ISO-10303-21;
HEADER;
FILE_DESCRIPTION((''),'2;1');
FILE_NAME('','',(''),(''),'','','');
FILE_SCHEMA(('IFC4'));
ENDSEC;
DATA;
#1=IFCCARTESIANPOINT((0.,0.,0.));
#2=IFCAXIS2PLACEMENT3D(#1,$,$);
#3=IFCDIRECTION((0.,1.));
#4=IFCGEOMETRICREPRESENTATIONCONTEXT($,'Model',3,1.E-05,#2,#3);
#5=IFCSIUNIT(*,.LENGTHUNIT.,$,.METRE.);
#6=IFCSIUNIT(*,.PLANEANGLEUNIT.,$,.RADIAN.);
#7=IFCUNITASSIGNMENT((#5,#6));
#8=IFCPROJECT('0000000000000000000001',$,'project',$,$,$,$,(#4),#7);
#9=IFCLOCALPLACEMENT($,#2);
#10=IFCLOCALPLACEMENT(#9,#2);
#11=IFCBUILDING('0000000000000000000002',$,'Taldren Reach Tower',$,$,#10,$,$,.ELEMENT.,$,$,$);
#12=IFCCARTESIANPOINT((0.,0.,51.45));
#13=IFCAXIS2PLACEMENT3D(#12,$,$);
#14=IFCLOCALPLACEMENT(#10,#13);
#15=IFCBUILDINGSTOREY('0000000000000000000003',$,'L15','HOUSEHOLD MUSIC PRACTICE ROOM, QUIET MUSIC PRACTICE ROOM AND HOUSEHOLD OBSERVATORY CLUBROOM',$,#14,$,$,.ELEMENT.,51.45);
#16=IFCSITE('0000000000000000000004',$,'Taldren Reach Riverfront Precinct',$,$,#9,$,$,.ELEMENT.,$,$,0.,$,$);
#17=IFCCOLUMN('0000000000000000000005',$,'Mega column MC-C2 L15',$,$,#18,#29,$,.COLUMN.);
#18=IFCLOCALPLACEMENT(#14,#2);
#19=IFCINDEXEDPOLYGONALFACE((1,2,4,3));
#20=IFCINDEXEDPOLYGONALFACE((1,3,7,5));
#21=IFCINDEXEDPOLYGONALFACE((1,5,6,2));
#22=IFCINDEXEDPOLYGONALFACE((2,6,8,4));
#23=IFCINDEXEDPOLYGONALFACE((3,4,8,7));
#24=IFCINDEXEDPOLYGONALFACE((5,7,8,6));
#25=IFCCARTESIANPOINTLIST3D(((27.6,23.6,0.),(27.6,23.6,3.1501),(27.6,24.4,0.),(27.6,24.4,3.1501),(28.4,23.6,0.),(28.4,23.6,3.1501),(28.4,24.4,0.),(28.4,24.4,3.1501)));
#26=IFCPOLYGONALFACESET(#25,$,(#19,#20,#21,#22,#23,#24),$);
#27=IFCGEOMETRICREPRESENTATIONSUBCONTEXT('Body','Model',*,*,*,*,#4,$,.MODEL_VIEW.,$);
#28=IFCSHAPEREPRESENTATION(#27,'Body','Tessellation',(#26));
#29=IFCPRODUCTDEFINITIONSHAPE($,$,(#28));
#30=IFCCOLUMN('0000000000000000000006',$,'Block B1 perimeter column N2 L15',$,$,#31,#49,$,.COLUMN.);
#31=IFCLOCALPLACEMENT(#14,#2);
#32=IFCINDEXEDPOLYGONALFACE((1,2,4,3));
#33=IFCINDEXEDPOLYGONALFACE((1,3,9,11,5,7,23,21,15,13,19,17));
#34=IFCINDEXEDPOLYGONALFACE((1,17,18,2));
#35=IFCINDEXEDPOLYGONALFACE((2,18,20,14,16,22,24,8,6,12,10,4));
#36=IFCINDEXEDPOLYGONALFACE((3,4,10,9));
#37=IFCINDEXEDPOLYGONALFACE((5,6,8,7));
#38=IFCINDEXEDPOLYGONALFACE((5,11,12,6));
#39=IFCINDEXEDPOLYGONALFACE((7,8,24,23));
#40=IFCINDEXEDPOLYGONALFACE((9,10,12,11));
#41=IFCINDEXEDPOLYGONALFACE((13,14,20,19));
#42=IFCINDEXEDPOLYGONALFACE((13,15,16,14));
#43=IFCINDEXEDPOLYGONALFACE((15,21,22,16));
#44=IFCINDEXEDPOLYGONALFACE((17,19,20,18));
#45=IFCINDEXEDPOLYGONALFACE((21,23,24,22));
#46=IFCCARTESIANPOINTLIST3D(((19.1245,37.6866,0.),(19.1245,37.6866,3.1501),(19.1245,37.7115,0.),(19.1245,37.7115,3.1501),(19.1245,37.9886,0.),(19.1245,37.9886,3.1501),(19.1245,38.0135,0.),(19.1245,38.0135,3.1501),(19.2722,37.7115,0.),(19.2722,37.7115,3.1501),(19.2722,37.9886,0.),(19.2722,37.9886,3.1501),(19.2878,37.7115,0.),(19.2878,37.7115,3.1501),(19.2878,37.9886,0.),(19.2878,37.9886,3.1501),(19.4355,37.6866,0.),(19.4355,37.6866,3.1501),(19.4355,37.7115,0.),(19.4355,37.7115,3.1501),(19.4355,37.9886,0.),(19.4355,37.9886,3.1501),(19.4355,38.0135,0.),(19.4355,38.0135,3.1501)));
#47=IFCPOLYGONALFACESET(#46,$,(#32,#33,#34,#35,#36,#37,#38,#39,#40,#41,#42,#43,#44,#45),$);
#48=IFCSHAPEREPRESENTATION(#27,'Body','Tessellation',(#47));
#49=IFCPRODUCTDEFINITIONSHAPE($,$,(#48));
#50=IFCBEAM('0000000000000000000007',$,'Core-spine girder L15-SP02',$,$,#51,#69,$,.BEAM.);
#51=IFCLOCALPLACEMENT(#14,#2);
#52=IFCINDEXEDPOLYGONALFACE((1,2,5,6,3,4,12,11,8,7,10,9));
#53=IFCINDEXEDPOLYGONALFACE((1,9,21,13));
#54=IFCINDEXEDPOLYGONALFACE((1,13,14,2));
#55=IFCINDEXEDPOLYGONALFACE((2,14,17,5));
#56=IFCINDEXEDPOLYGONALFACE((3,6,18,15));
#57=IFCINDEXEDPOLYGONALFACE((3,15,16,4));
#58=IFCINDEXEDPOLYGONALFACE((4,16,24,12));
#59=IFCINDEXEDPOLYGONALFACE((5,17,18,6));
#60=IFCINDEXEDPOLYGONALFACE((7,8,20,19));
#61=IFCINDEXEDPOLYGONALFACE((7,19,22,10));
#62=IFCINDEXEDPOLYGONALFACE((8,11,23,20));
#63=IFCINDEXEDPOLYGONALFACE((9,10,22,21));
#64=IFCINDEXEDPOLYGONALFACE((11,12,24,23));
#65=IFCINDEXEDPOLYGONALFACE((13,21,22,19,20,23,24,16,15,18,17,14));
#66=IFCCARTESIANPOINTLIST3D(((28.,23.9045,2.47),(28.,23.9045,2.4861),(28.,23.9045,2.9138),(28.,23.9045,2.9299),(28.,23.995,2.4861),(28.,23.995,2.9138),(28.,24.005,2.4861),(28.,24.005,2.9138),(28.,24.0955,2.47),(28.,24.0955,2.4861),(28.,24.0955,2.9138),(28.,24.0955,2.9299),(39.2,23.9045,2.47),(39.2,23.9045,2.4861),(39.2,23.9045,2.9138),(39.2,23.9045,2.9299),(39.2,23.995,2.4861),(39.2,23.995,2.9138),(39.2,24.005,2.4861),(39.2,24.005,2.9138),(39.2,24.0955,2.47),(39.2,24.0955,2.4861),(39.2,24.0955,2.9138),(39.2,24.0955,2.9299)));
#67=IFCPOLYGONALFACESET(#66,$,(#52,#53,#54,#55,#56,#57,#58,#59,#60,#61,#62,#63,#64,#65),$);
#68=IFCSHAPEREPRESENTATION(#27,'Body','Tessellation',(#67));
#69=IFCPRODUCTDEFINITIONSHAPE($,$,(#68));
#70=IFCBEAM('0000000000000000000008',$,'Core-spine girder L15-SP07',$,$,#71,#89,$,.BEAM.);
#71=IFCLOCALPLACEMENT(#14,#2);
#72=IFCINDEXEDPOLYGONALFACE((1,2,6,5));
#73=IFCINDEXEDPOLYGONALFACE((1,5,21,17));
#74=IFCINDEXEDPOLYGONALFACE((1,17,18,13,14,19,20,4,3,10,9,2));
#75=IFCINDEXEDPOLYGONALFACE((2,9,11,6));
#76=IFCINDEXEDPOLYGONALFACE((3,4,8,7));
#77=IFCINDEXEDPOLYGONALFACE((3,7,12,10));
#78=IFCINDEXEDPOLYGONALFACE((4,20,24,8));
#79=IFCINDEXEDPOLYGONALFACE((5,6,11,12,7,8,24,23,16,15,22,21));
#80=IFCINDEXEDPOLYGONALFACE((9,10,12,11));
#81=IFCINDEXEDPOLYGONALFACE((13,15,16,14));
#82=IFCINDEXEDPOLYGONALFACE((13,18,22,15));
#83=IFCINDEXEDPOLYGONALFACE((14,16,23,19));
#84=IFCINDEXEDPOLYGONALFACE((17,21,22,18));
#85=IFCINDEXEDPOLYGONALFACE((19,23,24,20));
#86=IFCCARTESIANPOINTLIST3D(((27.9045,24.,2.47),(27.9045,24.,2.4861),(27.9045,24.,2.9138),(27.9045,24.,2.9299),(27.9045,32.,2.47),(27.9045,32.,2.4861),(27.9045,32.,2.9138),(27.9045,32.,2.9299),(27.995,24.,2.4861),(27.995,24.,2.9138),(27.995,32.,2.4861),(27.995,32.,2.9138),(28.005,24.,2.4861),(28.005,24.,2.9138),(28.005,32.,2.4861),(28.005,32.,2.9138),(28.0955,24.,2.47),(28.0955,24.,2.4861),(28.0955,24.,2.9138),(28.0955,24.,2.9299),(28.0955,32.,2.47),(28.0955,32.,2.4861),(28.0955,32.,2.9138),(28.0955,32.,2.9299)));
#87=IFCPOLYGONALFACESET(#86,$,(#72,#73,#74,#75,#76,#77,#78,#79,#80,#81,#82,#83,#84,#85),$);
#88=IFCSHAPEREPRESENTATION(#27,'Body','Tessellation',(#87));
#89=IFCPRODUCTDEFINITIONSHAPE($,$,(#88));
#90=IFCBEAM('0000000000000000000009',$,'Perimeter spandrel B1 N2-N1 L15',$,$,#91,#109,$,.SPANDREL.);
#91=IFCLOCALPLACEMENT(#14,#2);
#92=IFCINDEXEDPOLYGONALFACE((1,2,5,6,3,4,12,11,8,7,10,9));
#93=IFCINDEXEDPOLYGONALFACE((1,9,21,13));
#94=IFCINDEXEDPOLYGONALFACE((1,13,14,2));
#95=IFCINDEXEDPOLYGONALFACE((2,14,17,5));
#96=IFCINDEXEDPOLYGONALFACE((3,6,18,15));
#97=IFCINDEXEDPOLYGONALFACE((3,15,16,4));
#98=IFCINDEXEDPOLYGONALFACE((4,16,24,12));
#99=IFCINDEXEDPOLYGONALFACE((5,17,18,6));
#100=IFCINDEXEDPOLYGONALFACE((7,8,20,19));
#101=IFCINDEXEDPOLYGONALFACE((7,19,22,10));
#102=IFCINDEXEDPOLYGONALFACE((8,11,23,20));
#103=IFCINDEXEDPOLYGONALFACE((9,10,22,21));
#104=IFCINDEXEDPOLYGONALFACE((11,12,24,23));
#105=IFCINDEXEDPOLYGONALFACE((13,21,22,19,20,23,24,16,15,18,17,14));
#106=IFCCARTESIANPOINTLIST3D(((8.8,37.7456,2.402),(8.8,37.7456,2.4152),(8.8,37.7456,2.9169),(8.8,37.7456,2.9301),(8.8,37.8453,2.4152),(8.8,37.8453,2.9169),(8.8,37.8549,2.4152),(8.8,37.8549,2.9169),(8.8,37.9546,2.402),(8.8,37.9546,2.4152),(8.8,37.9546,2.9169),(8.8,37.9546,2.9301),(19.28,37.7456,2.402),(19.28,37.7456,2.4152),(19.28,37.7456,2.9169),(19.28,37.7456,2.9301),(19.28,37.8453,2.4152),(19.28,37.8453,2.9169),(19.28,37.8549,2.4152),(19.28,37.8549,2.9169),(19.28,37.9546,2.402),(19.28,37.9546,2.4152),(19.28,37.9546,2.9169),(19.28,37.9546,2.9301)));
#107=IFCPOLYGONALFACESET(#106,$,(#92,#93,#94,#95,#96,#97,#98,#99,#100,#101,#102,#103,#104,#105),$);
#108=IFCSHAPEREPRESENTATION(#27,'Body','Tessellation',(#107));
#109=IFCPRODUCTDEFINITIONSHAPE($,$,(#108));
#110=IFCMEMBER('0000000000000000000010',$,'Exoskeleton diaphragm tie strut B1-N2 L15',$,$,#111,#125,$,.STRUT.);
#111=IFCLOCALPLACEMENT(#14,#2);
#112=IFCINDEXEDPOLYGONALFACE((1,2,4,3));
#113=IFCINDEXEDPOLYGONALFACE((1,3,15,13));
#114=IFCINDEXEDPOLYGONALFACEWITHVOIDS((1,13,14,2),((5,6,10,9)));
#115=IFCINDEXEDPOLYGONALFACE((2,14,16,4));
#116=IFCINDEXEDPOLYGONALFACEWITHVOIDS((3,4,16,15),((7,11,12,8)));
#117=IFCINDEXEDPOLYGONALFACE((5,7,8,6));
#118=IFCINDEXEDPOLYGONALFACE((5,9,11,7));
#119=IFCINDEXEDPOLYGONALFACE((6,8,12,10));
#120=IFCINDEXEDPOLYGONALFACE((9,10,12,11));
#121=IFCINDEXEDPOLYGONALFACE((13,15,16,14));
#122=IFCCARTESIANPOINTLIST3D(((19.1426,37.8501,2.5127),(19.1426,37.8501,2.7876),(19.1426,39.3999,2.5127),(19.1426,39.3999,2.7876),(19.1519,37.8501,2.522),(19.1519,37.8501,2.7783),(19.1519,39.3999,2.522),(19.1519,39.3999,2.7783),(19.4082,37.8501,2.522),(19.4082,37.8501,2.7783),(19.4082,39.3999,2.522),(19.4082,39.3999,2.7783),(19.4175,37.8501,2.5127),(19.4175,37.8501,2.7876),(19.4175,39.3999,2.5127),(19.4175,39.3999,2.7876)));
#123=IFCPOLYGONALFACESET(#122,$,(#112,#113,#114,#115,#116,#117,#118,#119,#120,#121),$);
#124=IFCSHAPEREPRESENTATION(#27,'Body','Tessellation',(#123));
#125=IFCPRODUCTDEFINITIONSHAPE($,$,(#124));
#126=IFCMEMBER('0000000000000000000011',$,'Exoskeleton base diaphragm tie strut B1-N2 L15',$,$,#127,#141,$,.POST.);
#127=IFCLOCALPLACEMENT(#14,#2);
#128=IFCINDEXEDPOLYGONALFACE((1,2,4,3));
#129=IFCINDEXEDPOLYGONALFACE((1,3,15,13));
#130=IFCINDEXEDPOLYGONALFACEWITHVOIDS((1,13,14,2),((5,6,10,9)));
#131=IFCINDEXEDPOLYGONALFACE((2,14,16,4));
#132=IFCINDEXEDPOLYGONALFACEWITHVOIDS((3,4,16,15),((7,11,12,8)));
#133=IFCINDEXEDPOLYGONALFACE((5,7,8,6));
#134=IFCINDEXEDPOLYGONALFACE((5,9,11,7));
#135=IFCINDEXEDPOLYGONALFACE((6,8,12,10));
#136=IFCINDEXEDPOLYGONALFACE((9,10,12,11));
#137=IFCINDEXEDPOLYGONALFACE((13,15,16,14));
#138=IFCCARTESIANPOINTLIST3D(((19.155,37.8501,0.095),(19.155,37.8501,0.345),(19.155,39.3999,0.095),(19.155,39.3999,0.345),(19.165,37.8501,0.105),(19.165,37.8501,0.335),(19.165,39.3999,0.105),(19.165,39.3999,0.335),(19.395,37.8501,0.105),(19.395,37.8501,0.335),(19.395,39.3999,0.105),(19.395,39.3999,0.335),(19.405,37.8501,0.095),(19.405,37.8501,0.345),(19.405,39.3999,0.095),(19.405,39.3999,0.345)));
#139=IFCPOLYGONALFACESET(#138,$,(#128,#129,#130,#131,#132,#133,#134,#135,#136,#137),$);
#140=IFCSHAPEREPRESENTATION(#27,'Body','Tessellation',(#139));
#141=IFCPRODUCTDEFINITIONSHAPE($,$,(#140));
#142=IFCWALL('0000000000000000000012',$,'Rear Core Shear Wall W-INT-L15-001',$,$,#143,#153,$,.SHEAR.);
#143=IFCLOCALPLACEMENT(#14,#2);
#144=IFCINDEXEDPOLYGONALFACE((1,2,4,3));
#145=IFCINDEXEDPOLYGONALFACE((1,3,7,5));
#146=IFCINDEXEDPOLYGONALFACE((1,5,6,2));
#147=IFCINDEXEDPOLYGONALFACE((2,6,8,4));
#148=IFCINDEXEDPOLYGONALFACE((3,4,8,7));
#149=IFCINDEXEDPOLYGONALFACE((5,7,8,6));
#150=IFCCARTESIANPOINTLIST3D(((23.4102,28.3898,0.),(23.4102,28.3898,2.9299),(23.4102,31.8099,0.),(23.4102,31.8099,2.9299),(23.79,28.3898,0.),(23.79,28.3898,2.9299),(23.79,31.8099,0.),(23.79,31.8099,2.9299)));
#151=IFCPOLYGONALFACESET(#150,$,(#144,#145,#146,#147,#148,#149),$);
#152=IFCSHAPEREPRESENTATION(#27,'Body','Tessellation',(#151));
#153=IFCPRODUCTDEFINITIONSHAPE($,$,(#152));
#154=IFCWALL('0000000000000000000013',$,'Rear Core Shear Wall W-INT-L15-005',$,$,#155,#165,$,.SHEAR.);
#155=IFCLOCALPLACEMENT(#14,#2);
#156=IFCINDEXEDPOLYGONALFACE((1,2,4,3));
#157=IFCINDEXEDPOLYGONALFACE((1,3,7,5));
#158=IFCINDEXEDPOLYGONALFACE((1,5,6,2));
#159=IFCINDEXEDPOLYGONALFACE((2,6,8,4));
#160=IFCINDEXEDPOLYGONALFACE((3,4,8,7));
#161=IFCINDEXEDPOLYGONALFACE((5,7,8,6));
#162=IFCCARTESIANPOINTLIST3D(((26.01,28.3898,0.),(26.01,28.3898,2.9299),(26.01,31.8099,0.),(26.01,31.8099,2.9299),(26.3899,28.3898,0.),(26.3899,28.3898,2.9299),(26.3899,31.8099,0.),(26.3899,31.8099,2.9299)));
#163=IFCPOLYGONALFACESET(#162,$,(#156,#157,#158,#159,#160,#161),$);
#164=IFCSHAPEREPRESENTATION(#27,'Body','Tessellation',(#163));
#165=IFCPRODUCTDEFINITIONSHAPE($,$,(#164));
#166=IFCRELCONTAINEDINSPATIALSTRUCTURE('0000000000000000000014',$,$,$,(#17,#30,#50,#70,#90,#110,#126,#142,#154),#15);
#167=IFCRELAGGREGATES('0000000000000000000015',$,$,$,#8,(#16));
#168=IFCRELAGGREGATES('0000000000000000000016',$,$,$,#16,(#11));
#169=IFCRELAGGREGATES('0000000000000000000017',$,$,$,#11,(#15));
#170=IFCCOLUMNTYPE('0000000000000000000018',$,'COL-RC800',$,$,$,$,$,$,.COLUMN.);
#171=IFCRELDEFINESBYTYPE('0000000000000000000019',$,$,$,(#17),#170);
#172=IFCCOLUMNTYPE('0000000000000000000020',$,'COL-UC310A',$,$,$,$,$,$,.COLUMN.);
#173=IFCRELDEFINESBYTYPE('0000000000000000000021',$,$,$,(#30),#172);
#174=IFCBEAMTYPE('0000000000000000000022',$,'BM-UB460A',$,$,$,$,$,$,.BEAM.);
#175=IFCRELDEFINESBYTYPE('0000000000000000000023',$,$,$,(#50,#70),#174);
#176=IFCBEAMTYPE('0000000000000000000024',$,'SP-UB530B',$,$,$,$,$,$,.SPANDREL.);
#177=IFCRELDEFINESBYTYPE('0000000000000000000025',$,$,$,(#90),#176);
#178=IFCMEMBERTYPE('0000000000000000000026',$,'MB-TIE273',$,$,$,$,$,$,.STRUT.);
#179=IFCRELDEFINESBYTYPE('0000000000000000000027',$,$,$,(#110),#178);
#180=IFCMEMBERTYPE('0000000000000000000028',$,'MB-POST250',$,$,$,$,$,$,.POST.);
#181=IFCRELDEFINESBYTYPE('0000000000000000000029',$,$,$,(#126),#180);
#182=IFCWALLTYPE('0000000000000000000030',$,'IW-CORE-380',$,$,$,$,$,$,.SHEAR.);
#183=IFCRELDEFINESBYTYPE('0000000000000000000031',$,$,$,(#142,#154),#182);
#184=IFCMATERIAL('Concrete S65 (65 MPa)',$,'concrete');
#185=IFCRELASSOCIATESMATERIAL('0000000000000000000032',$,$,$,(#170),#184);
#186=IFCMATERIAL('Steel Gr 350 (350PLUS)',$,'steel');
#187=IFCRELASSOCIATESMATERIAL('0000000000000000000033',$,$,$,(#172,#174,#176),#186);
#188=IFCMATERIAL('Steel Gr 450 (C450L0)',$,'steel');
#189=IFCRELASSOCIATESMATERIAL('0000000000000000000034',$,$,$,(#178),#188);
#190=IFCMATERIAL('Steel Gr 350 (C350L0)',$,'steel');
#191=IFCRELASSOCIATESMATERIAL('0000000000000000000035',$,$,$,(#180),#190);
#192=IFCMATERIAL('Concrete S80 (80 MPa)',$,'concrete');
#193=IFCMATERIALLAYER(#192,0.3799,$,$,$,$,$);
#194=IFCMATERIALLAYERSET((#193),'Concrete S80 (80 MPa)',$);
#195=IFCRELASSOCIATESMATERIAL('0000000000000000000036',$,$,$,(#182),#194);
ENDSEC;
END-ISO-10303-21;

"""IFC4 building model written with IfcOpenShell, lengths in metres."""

from ifc_helpers import new_model, si_unit, direction, frame, frame_2d, origin, origin_2d, place, context, subcontext, project, spatial, rectangle, hollow_rectangle, i_section, extrude, source, transform, mapped, material, layer, layer_set, material_profile, profile_set, type_object, element, save


model = new_model("IFC4")

# Units and contexts
model_context = context("Model", 3, precision=1e-05, world=origin(), true_north=direction((0.0, 1.0)))
body_context = subcontext(model_context, "Body", "Model", "MODEL_VIEW")
ifc_project = project(units=[si_unit("LENGTHUNIT", "METRE"), si_unit("PLANEANGLEUNIT", "RADIAN")], contexts=[model_context])

# Site, building, storey
site_placement = place(None, origin())
site = spatial("IfcSite", under=ifc_project, at=site_placement, Name="Taldren Reach Riverfront Precinct", CompositionType="ELEMENT", RefElevation=0.0)
building_placement = place(site_placement, origin())
building = spatial("IfcBuilding", under=site, at=building_placement, Name="Taldren Reach Tower", CompositionType="ELEMENT")
storey_placement = place(building_placement, frame((0.0, 0.0, 51.45)))
storey = spatial("IfcBuildingStorey", under=building, at=storey_placement, Name="L15", Description="HOUSEHOLD MUSIC PRACTICE ROOM, QUIET MUSIC PRACTICE ROOM AND HOUSEHOLD OBSERVATORY CLUBROOM", CompositionType="ELEMENT", Elevation=51.45)

# Columns
ifc_material_1 = material(Name="Concrete S65 (65 MPa)", Category="concrete")
ifc_material_profile_1 = material_profile(ifc_material_1, rectangle(XDim=0.8, YDim=0.8, at=origin_2d()), Name="RC-800x800")
ifc_profile_set_1 = profile_set([ifc_material_profile_1], Name="Concrete S65 (65 MPa)")
column_type_1 = type_object("IfcColumnType", Name="COL-RC800", PredefinedType="COLUMN", material=ifc_profile_set_1)
shared_shape_1 = source(origin(), body_context, "Body", "SweptSolid", [
    extrude(rectangle(XDim=0.8, YDim=0.8, at=origin_2d()), origin(), (0.0, 0.0, 1.0), 3.1501),
])
column_1_placement = place(storey_placement, frame((28.0, 24.0, 0.0), z_axis=(0.0, 0.0, 1.0), x_axis=(1.0, 0.0, 0.0)))
element("IfcColumn", 1, at=column_1_placement, inside=storey, type_object=column_type_1, Name="Mega column MC-C2 L15", PredefinedType="COLUMN", context=body_context, shape_type="MappedRepresentation", body=[
    mapped(shared_shape_1, transform((0.0, 0.0, 0.0), scale=1.0)),
])
ifc_material_2 = material(Name="Steel Gr 350 (350PLUS)", Category="steel")
ifc_material_profile_2 = material_profile(ifc_material_2, i_section(OverallWidth=0.311, OverallDepth=0.3269, WebThickness=0.0156, FlangeThickness=0.0249, at=origin_2d()), Name="310UC158")
ifc_profile_set_2 = profile_set([ifc_material_profile_2], Name="Steel Gr 350 (350PLUS)")
column_type_2 = type_object("IfcColumnType", Name="COL-UC310A", PredefinedType="COLUMN", material=ifc_profile_set_2)
shared_shape_2 = source(origin(), body_context, "Body", "SweptSolid", [
    extrude(i_section(OverallWidth=0.311, OverallDepth=0.3269, WebThickness=0.0156, FlangeThickness=0.0249, at=origin_2d()), origin(), (0.0, 0.0, 1.0), 3.1501),
])
column_2_placement = place(storey_placement, frame((19.28, 37.8501, 0.0), z_axis=(0.0, 0.0, 1.0), x_axis=(1.0, 0.0, 0.0)))
element("IfcColumn", 2, at=column_2_placement, inside=storey, type_object=column_type_2, Name="Block B1 perimeter column N2 L15", PredefinedType="COLUMN", context=body_context, shape_type="MappedRepresentation", body=[
    mapped(shared_shape_2, transform((0.0, 0.0, 0.0), scale=1.0)),
])

# Beams
ifc_material_profile_3 = material_profile(ifc_material_2, i_section(OverallWidth=0.1909, OverallDepth=0.46, WebThickness=0.01, FlangeThickness=0.0161, at=origin_2d()), Name="460UB82.1")
ifc_profile_set_3 = profile_set([ifc_material_profile_3], Name="Steel Gr 350 (350PLUS)")
beam_type_1 = type_object("IfcBeamType", Name="BM-UB460A", PredefinedType="BEAM", material=ifc_profile_set_3)
shared_shape_3 = source(origin(), body_context, "Body", "SweptSolid", [
    extrude(i_section(OverallWidth=0.1909, OverallDepth=0.46, WebThickness=0.01, FlangeThickness=0.0161, at=origin_2d()), origin(), (0.0, 0.0, 1.0), 11.2),
])
beam_1_placement = place(storey_placement, frame((28.0, 24.0, 2.7), z_axis=(1.0, 0.0, 0.0), x_axis=(0.0, 1.0, 0.0)))
element("IfcBeam", 3, at=beam_1_placement, inside=storey, type_object=beam_type_1, Name="Core-spine girder L15-SP02", PredefinedType="BEAM", context=body_context, shape_type="MappedRepresentation", body=[
    mapped(shared_shape_3, transform((0.0, 0.0, 0.0), scale=1.0)),
])
shared_shape_4 = source(origin(), body_context, "Body", "SweptSolid", [
    extrude(i_section(OverallWidth=0.1909, OverallDepth=0.46, WebThickness=0.01, FlangeThickness=0.0161, at=origin_2d()), origin(), (0.0, 0.0, 1.0), 8.0),
])
beam_2_placement = place(storey_placement, frame((28.0, 24.0, 2.7), z_axis=(0.0, 1.0, 0.0), x_axis=(-1.0, 0.0, 0.0)))
element("IfcBeam", 4, at=beam_2_placement, inside=storey, type_object=beam_type_1, Name="Core-spine girder L15-SP07", PredefinedType="BEAM", context=body_context, shape_type="MappedRepresentation", body=[
    mapped(shared_shape_4, transform((0.0, 0.0, 0.0), scale=1.0)),
])
ifc_material_profile_4 = material_profile(ifc_material_2, i_section(OverallWidth=0.209, OverallDepth=0.5281, WebThickness=0.0095, FlangeThickness=0.0132, at=origin_2d()), Name="530UB82.0")
ifc_profile_set_4 = profile_set([ifc_material_profile_4], Name="Steel Gr 350 (350PLUS)")
beam_type_2 = type_object("IfcBeamType", Name="SP-UB530B", PredefinedType="SPANDREL", material=ifc_profile_set_4)
shared_shape_5 = source(origin(), body_context, "Body", "SweptSolid", [
    extrude(i_section(OverallWidth=0.209, OverallDepth=0.5281, WebThickness=0.0095, FlangeThickness=0.0132, at=origin_2d()), origin(), (0.0, 0.0, 1.0), 10.48),
])
beam_3_placement = place(storey_placement, frame((19.28, 37.8501, 2.666), z_axis=(-1.0, 0.0, 0.0), x_axis=(0.0, -1.0, 0.0)))
element("IfcBeam", 5, at=beam_3_placement, inside=storey, type_object=beam_type_2, Name="Perimeter spandrel B1 N2-N1 L15", PredefinedType="SPANDREL", context=body_context, shape_type="MappedRepresentation", body=[
    mapped(shared_shape_5, transform((0.0, 0.0, 0.0), scale=1.0)),
])

# Members
ifc_material_3 = material(Name="Steel Gr 450 (C450L0)", Category="steel")
ifc_material_profile_5 = material_profile(ifc_material_3, hollow_rectangle(XDim=0.2749, YDim=0.2749, WallThickness=0.0093, at=origin_2d()), Name="275x275x9.3SHS")
ifc_profile_set_5 = profile_set([ifc_material_profile_5], Name="Steel Gr 450 (C450L0)")
member_type_1 = type_object("IfcMemberType", Name="MB-TIE273", PredefinedType="STRUT", material=ifc_profile_set_5)
shared_shape_6 = source(origin(), body_context, "Body", "SweptSolid", [
    extrude(hollow_rectangle(XDim=0.2749, YDim=0.2749, WallThickness=0.0093, at=origin_2d()), origin(), (0.0, 0.0, 1.0), 1.5498),
])
member_1_placement = place(storey_placement, frame((19.28, 37.8501, 2.6501), z_axis=(0.0, 1.0, 0.0), x_axis=(-1.0, 0.0, 0.0)))
element("IfcMember", 6, at=member_1_placement, inside=storey, type_object=member_type_1, Name="Exoskeleton diaphragm tie strut B1-N2 L15", PredefinedType="STRUT", context=body_context, shape_type="MappedRepresentation", body=[
    mapped(shared_shape_6, transform((0.0, 0.0, 0.0), scale=1.0)),
])
ifc_material_4 = material(Name="Steel Gr 350 (C350L0)", Category="steel")
ifc_material_profile_6 = material_profile(ifc_material_4, hollow_rectangle(XDim=0.25, YDim=0.25, WallThickness=0.01, at=origin_2d()), Name="250x250x10.0SHS")
ifc_profile_set_6 = profile_set([ifc_material_profile_6], Name="Steel Gr 350 (C350L0)")
member_type_2 = type_object("IfcMemberType", Name="MB-POST250", PredefinedType="POST", material=ifc_profile_set_6)
shared_shape_7 = source(origin(), body_context, "Body", "SweptSolid", [
    extrude(hollow_rectangle(XDim=0.25, YDim=0.25, WallThickness=0.01, at=origin_2d()), origin(), (0.0, 0.0, 1.0), 1.5498),
])
member_2_placement = place(storey_placement, frame((19.28, 37.8501, 0.22), z_axis=(0.0, 1.0, 0.0), x_axis=(-1.0, 0.0, 0.0)))
element("IfcMember", 7, at=member_2_placement, inside=storey, type_object=member_type_2, Name="Exoskeleton base diaphragm tie strut B1-N2 L15", PredefinedType="POST", context=body_context, shape_type="MappedRepresentation", body=[
    mapped(shared_shape_7, transform((0.0, 0.0, 0.0), scale=1.0)),
])

# Walls
ifc_material_5 = material(Name="Concrete S80 (80 MPa)", Category="concrete")
ifc_layer_1 = layer(ifc_material_5, 0.3799)
ifc_layer_set_1 = layer_set([ifc_layer_1], Name="Concrete S80 (80 MPa)")
wall_type_1 = type_object("IfcWallType", Name="IW-CORE-380", PredefinedType="SHEAR", material=ifc_layer_set_1)
shared_shape_8 = source(origin(), body_context, "Body", "SweptSolid", [
    extrude(rectangle(XDim=3.4202, YDim=0.3799, at=frame_2d((1.71, 0.0))), origin(), (0.0, 0.0, 1.0), 2.9299),
])
for number, where, z_axis, x_axis, name in (
    (8, (23.6001, 28.3899, 0.0), (0.0, 0.0, 1.0), (0.0, 1.0, 0.0), "Rear Core Shear Wall W-INT-L15-001"),
    (9, (26.2, 28.3899, 0.0), (0.0, 0.0, 1.0), (0.0, 1.0, 0.0), "Rear Core Shear Wall W-INT-L15-005"),
):
    element("IfcWall", number, at=place(storey_placement, frame(where, z_axis=z_axis, x_axis=x_axis)), inside=storey, type_object=wall_type_1, Name=name, PredefinedType="SHEAR", context=body_context, shape_type="MappedRepresentation", body=[
        mapped(shared_shape_8, transform((0.0, 0.0, 0.0), scale=1.0)),
    ])

save(model, "model.ifc")
